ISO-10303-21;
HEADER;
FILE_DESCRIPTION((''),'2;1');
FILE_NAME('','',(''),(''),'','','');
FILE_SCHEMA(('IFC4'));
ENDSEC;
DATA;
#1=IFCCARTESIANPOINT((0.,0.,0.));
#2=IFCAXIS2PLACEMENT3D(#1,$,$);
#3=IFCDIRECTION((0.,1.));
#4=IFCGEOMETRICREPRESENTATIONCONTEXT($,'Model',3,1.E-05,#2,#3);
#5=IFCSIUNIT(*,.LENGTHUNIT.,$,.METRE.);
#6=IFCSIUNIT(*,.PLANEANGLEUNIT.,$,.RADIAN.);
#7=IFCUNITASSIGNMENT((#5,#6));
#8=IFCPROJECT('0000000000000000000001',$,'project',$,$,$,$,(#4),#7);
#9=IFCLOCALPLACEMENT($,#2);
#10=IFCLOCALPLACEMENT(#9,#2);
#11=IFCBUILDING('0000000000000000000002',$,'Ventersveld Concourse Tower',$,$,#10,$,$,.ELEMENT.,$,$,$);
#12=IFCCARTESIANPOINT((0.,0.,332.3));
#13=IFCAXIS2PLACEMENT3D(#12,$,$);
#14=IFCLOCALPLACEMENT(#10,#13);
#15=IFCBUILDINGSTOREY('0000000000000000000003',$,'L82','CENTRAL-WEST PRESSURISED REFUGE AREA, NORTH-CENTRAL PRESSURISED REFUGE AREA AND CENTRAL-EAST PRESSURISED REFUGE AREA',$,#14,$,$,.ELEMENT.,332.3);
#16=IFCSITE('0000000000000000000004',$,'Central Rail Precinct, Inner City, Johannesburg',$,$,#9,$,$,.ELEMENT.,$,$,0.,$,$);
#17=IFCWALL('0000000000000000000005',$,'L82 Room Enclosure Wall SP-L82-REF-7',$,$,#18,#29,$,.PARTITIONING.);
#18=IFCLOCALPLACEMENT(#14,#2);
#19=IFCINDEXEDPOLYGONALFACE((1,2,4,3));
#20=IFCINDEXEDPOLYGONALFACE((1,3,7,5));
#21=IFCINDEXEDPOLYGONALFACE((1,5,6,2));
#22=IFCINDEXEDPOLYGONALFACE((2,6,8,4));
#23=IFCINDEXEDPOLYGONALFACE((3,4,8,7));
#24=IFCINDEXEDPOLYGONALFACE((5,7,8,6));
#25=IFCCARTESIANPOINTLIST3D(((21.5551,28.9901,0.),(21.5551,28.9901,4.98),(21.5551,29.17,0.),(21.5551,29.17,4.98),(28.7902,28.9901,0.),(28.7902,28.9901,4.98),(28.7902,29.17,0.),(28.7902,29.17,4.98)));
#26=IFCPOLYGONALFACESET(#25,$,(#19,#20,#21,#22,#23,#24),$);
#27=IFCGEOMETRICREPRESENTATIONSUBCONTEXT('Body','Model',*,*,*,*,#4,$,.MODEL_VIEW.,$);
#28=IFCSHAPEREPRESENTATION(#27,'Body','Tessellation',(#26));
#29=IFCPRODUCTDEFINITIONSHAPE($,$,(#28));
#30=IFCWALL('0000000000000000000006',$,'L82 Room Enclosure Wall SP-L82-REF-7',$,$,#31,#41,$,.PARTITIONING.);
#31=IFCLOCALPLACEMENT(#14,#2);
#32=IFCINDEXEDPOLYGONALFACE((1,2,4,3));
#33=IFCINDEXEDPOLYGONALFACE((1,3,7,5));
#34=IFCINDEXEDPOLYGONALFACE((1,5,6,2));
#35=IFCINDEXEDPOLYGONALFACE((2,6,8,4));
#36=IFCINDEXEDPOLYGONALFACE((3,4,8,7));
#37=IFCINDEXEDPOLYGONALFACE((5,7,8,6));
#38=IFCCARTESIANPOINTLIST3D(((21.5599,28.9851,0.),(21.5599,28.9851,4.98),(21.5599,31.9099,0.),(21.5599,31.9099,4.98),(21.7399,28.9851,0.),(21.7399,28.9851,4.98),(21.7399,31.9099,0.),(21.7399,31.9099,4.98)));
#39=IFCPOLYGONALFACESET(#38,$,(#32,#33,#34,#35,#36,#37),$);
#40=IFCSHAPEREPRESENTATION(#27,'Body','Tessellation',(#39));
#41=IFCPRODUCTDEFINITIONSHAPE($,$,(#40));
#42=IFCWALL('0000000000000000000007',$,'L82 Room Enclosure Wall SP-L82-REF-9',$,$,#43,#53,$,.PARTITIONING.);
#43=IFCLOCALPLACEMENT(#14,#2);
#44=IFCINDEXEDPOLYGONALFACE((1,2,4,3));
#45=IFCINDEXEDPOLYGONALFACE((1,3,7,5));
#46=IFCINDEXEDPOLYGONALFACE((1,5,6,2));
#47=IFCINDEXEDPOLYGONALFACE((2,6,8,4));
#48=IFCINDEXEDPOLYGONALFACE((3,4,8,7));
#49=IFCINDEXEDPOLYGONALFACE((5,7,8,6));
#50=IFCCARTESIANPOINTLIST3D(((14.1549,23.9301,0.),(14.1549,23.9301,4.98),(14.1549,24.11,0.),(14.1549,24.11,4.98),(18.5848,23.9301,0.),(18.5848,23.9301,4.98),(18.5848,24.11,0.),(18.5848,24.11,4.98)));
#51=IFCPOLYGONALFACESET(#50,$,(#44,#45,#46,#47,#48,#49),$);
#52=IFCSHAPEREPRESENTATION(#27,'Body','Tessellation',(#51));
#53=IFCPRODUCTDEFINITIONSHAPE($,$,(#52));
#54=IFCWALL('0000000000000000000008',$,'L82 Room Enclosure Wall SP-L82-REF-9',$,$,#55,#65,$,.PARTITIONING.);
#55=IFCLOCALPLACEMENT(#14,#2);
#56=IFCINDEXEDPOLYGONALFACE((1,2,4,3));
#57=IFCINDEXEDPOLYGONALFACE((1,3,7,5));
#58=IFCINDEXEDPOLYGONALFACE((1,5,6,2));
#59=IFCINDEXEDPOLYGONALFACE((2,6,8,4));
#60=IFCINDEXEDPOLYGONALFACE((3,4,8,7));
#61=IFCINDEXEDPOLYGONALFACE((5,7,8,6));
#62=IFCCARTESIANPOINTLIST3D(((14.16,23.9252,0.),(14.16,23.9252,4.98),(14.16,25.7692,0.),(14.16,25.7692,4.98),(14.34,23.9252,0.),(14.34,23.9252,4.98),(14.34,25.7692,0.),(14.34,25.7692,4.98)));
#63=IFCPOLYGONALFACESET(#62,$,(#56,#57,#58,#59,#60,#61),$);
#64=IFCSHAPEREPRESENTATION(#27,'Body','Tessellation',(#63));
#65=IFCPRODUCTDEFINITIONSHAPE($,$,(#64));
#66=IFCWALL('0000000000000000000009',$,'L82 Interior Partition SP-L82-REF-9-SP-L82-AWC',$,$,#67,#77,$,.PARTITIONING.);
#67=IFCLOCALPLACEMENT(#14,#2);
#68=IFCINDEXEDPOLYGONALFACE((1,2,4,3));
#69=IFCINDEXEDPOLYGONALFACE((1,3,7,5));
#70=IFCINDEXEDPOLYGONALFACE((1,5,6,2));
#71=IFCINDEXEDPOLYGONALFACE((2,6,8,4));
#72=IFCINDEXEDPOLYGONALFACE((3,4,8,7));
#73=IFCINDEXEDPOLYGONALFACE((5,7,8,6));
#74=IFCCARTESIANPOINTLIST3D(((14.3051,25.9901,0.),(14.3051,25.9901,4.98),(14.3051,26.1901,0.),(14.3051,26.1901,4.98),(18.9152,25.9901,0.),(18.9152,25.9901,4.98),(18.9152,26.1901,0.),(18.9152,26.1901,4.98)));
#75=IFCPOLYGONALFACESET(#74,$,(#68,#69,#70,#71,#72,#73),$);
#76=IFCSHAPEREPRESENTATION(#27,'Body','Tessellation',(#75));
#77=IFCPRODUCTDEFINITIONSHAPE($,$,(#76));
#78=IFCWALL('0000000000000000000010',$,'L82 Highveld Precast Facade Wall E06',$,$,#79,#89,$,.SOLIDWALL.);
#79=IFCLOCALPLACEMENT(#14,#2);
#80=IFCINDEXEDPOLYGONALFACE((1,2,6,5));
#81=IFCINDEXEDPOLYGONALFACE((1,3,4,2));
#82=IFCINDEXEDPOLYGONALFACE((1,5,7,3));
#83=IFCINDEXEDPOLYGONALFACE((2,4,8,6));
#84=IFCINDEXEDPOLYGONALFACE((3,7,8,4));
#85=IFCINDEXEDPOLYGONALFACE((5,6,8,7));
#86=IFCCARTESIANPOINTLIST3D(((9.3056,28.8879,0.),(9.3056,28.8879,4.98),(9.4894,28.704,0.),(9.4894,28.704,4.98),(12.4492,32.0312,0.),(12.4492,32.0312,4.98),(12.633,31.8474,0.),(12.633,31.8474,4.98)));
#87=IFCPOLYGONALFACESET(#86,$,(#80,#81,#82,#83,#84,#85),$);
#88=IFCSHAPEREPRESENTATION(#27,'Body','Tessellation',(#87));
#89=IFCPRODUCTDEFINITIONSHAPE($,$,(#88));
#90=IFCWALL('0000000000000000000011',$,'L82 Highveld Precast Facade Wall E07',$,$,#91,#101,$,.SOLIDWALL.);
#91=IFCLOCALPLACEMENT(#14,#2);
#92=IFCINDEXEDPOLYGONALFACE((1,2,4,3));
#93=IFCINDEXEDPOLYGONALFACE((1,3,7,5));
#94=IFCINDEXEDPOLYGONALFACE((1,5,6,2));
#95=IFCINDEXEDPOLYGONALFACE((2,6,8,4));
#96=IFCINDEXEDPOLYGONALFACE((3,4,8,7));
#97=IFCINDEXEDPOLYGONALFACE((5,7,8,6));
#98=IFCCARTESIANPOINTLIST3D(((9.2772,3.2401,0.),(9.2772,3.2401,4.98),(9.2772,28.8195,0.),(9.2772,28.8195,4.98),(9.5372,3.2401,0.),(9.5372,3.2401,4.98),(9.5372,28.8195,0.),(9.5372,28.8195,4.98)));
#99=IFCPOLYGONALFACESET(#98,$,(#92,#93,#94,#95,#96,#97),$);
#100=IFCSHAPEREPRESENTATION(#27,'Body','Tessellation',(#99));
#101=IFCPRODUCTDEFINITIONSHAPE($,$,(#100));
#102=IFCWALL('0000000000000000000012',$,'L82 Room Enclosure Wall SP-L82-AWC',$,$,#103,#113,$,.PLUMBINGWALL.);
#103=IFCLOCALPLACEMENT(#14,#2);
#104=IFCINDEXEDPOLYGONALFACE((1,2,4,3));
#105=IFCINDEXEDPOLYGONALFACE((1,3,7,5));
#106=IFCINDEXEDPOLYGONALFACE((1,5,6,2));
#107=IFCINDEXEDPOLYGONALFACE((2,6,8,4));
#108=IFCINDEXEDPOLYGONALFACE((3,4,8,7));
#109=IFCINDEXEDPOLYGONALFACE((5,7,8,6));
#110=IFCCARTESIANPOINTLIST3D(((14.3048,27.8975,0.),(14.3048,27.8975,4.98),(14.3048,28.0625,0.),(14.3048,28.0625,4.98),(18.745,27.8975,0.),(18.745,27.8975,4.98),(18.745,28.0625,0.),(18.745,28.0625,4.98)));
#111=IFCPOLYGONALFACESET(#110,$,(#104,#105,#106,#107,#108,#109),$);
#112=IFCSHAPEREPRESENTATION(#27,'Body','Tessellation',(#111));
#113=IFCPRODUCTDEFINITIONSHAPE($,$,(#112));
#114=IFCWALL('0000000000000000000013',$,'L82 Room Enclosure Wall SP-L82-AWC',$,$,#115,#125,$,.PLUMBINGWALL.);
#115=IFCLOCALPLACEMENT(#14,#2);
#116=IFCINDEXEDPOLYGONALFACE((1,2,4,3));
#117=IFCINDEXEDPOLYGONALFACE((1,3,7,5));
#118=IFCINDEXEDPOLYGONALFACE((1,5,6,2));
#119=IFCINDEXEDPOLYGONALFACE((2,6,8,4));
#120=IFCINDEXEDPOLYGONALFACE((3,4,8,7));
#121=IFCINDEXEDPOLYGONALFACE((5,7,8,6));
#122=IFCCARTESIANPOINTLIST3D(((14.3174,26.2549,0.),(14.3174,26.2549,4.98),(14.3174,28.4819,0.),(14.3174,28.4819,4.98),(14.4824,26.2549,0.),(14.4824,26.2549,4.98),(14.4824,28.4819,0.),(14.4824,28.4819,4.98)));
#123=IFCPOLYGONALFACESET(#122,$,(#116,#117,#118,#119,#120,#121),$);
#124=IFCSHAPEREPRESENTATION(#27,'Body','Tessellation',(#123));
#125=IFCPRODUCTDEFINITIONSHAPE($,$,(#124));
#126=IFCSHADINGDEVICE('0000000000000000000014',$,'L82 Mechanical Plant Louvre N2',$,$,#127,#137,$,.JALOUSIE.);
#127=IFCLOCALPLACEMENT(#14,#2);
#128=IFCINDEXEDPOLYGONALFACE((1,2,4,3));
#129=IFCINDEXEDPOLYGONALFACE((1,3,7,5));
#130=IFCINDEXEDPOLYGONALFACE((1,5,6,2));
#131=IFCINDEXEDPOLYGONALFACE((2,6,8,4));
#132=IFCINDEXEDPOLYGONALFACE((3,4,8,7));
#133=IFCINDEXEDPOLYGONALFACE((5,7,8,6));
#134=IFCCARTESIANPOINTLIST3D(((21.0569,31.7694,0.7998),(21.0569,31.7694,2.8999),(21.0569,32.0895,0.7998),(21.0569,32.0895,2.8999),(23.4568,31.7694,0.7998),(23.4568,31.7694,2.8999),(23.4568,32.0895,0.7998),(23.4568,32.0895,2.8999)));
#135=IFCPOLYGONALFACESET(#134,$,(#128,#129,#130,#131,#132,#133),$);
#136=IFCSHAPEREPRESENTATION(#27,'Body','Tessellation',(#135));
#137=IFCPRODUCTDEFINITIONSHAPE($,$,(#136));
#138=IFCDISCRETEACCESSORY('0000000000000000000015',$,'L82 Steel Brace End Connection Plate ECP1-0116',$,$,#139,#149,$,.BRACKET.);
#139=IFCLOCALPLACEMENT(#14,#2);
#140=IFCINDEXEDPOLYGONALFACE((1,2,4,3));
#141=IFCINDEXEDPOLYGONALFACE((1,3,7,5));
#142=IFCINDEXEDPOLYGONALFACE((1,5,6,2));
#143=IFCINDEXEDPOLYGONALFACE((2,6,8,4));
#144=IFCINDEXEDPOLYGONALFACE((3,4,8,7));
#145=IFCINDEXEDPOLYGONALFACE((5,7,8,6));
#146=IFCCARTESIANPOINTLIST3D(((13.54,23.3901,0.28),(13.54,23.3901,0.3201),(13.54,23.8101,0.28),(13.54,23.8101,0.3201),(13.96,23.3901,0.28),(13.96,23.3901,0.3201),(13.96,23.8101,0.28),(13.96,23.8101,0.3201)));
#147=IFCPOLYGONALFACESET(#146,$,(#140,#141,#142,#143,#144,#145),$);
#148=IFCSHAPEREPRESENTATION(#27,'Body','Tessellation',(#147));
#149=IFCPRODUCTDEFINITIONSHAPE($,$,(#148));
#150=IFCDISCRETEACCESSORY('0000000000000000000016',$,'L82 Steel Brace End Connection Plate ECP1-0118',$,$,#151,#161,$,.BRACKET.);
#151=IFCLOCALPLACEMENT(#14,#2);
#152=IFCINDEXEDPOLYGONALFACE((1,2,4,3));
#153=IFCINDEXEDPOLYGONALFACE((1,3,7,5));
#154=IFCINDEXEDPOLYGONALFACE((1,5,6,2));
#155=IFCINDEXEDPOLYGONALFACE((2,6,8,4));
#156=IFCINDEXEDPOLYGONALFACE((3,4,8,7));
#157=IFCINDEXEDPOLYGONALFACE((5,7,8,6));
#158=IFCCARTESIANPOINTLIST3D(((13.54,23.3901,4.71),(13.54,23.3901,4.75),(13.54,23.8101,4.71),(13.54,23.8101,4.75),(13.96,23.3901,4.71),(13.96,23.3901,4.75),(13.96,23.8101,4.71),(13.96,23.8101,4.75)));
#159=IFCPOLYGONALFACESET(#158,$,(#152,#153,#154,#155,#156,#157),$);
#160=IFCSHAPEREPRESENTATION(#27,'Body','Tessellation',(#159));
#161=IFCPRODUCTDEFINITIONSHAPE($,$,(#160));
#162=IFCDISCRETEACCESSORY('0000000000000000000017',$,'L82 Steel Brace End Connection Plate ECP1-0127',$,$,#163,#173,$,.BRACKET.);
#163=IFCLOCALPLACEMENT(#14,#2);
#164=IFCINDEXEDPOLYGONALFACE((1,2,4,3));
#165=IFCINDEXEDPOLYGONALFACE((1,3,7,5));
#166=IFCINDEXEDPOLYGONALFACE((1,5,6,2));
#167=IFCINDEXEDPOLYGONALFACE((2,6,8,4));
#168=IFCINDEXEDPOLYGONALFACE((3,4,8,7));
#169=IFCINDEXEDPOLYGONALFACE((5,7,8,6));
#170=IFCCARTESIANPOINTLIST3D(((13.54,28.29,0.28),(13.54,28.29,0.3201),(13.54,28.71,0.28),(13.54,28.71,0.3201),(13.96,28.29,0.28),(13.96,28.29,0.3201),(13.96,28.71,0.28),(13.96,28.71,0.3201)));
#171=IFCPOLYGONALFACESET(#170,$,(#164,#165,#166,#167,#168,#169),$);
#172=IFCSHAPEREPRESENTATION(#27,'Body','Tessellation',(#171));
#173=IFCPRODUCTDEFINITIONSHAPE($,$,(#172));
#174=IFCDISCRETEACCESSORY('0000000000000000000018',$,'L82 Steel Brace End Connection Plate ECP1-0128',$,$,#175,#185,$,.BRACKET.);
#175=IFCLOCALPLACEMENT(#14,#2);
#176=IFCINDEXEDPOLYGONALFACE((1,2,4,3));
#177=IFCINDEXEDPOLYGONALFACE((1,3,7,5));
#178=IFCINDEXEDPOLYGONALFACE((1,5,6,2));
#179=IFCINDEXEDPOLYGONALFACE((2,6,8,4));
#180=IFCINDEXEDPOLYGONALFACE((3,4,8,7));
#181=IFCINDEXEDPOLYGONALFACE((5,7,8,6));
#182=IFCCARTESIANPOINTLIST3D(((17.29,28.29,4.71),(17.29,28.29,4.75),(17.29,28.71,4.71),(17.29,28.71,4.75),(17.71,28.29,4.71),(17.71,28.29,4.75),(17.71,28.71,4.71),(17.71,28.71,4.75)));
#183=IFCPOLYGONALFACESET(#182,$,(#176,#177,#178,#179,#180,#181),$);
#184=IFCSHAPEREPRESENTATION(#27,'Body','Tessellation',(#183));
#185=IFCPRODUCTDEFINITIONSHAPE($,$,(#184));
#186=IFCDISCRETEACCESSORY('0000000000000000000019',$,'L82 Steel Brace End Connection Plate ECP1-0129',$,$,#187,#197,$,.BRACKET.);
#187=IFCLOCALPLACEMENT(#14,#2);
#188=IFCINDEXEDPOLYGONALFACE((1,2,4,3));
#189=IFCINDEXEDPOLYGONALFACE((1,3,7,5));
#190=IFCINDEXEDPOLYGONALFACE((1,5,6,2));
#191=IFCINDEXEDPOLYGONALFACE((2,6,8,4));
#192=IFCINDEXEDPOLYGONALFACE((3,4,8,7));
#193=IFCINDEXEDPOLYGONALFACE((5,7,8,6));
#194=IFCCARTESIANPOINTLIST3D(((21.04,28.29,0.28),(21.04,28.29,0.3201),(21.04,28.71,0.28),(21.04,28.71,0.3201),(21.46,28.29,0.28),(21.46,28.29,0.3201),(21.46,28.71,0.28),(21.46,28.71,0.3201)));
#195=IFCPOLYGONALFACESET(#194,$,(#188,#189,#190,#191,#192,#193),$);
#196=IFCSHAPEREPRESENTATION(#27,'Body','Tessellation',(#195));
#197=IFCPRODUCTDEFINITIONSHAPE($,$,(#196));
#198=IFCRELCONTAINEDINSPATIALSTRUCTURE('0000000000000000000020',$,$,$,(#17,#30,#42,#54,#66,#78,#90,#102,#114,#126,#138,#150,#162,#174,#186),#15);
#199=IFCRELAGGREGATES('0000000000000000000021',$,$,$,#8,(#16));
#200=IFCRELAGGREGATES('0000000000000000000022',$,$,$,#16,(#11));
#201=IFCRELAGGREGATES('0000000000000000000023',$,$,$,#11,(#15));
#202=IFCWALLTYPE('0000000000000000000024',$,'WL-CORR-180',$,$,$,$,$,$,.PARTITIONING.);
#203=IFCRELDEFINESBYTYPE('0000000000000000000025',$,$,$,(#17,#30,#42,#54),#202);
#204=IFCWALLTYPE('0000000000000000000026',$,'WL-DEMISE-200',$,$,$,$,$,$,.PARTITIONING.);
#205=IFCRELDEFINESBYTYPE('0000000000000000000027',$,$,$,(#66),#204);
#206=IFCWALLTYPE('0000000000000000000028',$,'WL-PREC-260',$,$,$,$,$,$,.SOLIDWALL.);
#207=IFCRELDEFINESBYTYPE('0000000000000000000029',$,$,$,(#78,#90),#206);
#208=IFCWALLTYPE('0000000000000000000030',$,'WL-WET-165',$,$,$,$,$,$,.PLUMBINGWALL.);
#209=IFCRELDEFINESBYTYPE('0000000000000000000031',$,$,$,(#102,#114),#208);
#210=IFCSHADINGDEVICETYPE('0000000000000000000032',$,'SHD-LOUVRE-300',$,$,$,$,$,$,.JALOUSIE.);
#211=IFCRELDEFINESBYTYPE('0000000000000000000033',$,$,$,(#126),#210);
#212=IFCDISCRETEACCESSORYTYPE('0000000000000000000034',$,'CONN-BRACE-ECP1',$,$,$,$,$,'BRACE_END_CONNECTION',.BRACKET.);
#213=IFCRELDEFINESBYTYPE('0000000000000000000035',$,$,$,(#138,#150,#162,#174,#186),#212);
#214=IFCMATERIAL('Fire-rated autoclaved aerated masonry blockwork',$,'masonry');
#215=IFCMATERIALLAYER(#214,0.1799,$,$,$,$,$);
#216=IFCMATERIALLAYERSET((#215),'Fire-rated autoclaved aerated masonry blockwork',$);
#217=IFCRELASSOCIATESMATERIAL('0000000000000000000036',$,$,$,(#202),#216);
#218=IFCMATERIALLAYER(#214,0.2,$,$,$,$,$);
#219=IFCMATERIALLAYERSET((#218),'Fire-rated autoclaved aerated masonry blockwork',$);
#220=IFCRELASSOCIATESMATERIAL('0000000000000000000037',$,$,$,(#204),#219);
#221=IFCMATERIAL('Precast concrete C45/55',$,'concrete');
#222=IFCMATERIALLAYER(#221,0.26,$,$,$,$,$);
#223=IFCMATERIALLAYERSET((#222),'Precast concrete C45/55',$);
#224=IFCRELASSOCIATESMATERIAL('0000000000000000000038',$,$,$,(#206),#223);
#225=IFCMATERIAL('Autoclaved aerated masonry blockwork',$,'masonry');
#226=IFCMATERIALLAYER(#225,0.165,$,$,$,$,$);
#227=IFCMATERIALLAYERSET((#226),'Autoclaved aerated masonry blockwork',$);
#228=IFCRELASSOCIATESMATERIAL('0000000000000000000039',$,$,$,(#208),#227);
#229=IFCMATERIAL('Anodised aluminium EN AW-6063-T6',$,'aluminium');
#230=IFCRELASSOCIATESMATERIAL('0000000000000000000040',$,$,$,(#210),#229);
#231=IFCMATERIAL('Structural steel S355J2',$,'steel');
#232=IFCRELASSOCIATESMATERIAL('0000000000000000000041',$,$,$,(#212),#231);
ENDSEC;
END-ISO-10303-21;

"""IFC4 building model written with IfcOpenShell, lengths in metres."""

from ifc_helpers import new_model, si_unit, direction, frame, frame_2d, origin, origin_2d, place, context, subcontext, project, spatial, rectangle, extrude, material, layer, layer_set, type_object, element, save


model = new_model("IFC4")

# Units and contexts
model_context = context("Model", 3, precision=1e-05, world=origin(), true_north=direction((0.0, 1.0)))
body_context = subcontext(model_context, "Body", "Model", "MODEL_VIEW")
ifc_project = project(units=[si_unit("LENGTHUNIT", "METRE"), si_unit("PLANEANGLEUNIT", "RADIAN")], contexts=[model_context])

# Site, building, storey
site_placement = place(None, origin())
site = spatial("IfcSite", under=ifc_project, at=site_placement, Name="Central Rail Precinct, Inner City, Johannesburg", CompositionType="ELEMENT", RefElevation=0.0)
building_placement = place(site_placement, origin())
building = spatial("IfcBuilding", under=site, at=building_placement, Name="Ventersveld Concourse Tower", CompositionType="ELEMENT")
storey_placement = place(building_placement, frame((0.0, 0.0, 332.3)))
storey = spatial("IfcBuildingStorey", under=building, at=storey_placement, Name="L82", Description="CENTRAL-WEST PRESSURISED REFUGE AREA, NORTH-CENTRAL PRESSURISED REFUGE AREA AND CENTRAL-EAST PRESSURISED REFUGE AREA", CompositionType="ELEMENT", Elevation=332.3)

# Shared definitions
ifc_material_1 = material(Name="Structural steel S355J2", Category="steel")

# Shared definitions
ifc_material_2 = material(Name="Fire-rated autoclaved aerated masonry blockwork", Category="masonry")
ifc_layer_1 = layer(ifc_material_2, 0.1799)
ifc_layer_set_1 = layer_set([ifc_layer_1], Name="Fire-rated autoclaved aerated masonry blockwork")
wall_type_1 = type_object("IfcWallType", Name="WL-CORR-180", PredefinedType="PARTITIONING", material=ifc_layer_set_1)

# Walls
wall_1_placement = place(storey_placement, frame((21.5549, 29.0801, 0.0), z_axis=(0.0, 0.0, 1.0), x_axis=(1.0, 0.0, 0.0)))
element("IfcWall", 1, at=wall_1_placement, inside=storey, type_object=wall_type_1, Name="L82 Room Enclosure Wall SP-L82-REF-7", PredefinedType="PARTITIONING", context=body_context, shape_type="SweptSolid", body=[
    extrude(rectangle(XDim=7.2351, YDim=0.1799, at=frame_2d((3.6177, 0.0))), origin(), (0.0, 0.0, 1.0), 4.98),
])
wall_2_placement = place(storey_placement, frame((21.6499, 31.9099, 0.0), z_axis=(0.0, 0.0, 1.0), x_axis=(0.0, -1.0, 0.0)))
element("IfcWall", 2, at=wall_2_placement, inside=storey, type_object=wall_type_1, Name="L82 Room Enclosure Wall SP-L82-REF-7", PredefinedType="PARTITIONING", context=body_context, shape_type="SweptSolid", body=[
    extrude(rectangle(XDim=2.9248, YDim=0.1799, at=frame_2d((1.4624, 0.0))), origin(), (0.0, 0.0, 1.0), 4.98),
])
wall_3_placement = place(storey_placement, frame((14.155, 24.02, 0.0), z_axis=(0.0, 0.0, 1.0), x_axis=(1.0, 0.0, 0.0)))
element("IfcWall", 3, at=wall_3_placement, inside=storey, type_object=wall_type_1, Name="L82 Room Enclosure Wall SP-L82-REF-9", PredefinedType="PARTITIONING", context=body_context, shape_type="SweptSolid", body=[
    extrude(rectangle(XDim=4.4299, YDim=0.1799, at=frame_2d((2.2148, 0.0))), origin(), (0.0, 0.0, 1.0), 4.98),
])
wall_4_placement = place(storey_placement, frame((14.25, 25.769, 0.0), z_axis=(0.0, 0.0, 1.0), x_axis=(0.0, -1.0, 0.0)))
element("IfcWall", 4, at=wall_4_placement, inside=storey, type_object=wall_type_1, Name="L82 Room Enclosure Wall SP-L82-REF-9", PredefinedType="PARTITIONING", context=body_context, shape_type="SweptSolid", body=[
    extrude(rectangle(XDim=1.844, YDim=0.1799, at=frame_2d((0.9219, 0.0))), origin(), (0.0, 0.0, 1.0), 4.98),
])
ifc_layer_2 = layer(ifc_material_2, 0.2)
ifc_layer_set_2 = layer_set([ifc_layer_2], Name="Fire-rated autoclaved aerated masonry blockwork")
wall_type_2 = type_object("IfcWallType", Name="WL-DEMISE-200", PredefinedType="PARTITIONING", material=ifc_layer_set_2)
wall_5_placement = place(storey_placement, frame((14.3049, 26.0901, 0.0), z_axis=(0.0, 0.0, 1.0), x_axis=(1.0, 0.0, 0.0)))
element("IfcWall", 5, at=wall_5_placement, inside=storey, type_object=wall_type_2, Name="L82 Interior Partition SP-L82-REF-9-SP-L82-AWC", PredefinedType="PARTITIONING", context=body_context, shape_type="SweptSolid", body=[
    extrude(rectangle(XDim=4.6101, YDim=0.2, at=frame_2d((2.3052, 0.0))), origin(), (0.0, 0.0, 1.0), 4.98),
])
ifc_material_3 = material(Name="Precast concrete C45/55", Category="concrete")
ifc_layer_3 = layer(ifc_material_3, 0.26)
ifc_layer_set_3 = layer_set([ifc_layer_3], Name="Precast concrete C45/55")
wall_type_3 = type_object("IfcWallType", Name="WL-PREC-260", PredefinedType="SOLIDWALL", material=ifc_layer_set_3)
wall_6_placement = place(storey_placement, frame((12.541, 31.9392, 0.0), z_axis=(0.0, 0.0, 1.0), x_axis=(-0.707134, -0.707079, 0.0)))
element("IfcWall", 6, at=wall_6_placement, inside=storey, type_object=wall_type_3, Name="L82 Highveld Precast Facade Wall E06", PredefinedType="SOLIDWALL", context=body_context, shape_type="SweptSolid", body=[
    extrude(rectangle(XDim=4.4456, YDim=0.26, at=frame_2d((2.2227, 0.0))), origin(), (0.0, 0.0, 1.0), 4.98),
])
wall_7_placement = place(storey_placement, frame((9.4072, 28.8193, 0.0), z_axis=(0.0, 0.0, 1.0), x_axis=(0.0, -1.0, 0.0)))
element("IfcWall", 7, at=wall_7_placement, inside=storey, type_object=wall_type_3, Name="L82 Highveld Precast Facade Wall E07", PredefinedType="SOLIDWALL", context=body_context, shape_type="SweptSolid", body=[
    extrude(rectangle(XDim=25.5793, YDim=0.26, at=frame_2d((12.7896, 0.0))), origin(), (0.0, 0.0, 1.0), 4.98),
])
ifc_material_4 = material(Name="Autoclaved aerated masonry blockwork", Category="masonry")
ifc_layer_4 = layer(ifc_material_4, 0.165)
ifc_layer_set_4 = layer_set([ifc_layer_4], Name="Autoclaved aerated masonry blockwork")
wall_type_4 = type_object("IfcWallType", Name="WL-WET-165", PredefinedType="PLUMBINGWALL", material=ifc_layer_set_4)
wall_8_placement = place(storey_placement, frame((18.7451, 27.98, 0.0), z_axis=(0.0, 0.0, 1.0), x_axis=(-1.0, 0.0, 0.0)))
element("IfcWall", 8, at=wall_8_placement, inside=storey, type_object=wall_type_4, Name="L82 Room Enclosure Wall SP-L82-AWC", PredefinedType="PLUMBINGWALL", context=body_context, shape_type="SweptSolid", body=[
    extrude(rectangle(XDim=4.4402, YDim=0.165, at=frame_2d((2.2202, 0.0))), origin(), (0.0, 0.0, 1.0), 4.98),
])
wall_9_placement = place(storey_placement, frame((14.3999, 28.4819, 0.0), z_axis=(0.0, 0.0, 1.0), x_axis=(0.0, -1.0, 0.0)))
element("IfcWall", 9, at=wall_9_placement, inside=storey, type_object=wall_type_4, Name="L82 Room Enclosure Wall SP-L82-AWC", PredefinedType="PLUMBINGWALL", context=body_context, shape_type="SweptSolid", body=[
    extrude(rectangle(XDim=2.2271, YDim=0.165, at=frame_2d((1.1135, 0.0))), origin(), (0.0, 0.0, 1.0), 4.98),
])

# Shading device
ifc_material_5 = material(Name="Anodised aluminium EN AW-6063-T6", Category="aluminium")
shading_device_type = type_object("IfcShadingDeviceType", Name="SHD-LOUVRE-300", PredefinedType="JALOUSIE", material=ifc_material_5)
shading_device_placement = place(storey_placement, frame((22.2568, 31.9294, 0.7998), z_axis=(0.0, 0.0, 1.0), x_axis=(-1.0, 0.0, 0.0)))
element("IfcShadingDevice", 10, at=shading_device_placement, inside=storey, type_object=shading_device_type, Name="L82 Mechanical Plant Louvre N2", PredefinedType="JALOUSIE", context=body_context, shape_type="SweptSolid", body=[
    extrude(rectangle(XDim=2.3999, YDim=0.3201, at=origin_2d()), origin(), (0.0, 0.0, 1.0), 2.1001),
])

# Discrete accessories
discrete_accessory_type = type_object("IfcDiscreteAccessoryType", Name="CONN-BRACE-ECP1", ElementType="BRACE_END_CONNECTION", PredefinedType="BRACKET", material=ifc_material_1)
for number, where, z_axis, x_axis, name in (
    (11, (13.75, 23.6001, 0.28), (0.0, 0.0, 1.0), (1.0, 0.0, 0.0), "L82 Steel Brace End Connection Plate ECP1-0116"),
    (12, (13.75, 23.6001, 4.71), (0.0, 0.0, 1.0), (1.0, 0.0, 0.0), "L82 Steel Brace End Connection Plate ECP1-0118"),
    (13, (13.75, 28.5, 0.28), (0.0, 0.0, 1.0), (1.0, 0.0, 0.0), "L82 Steel Brace End Connection Plate ECP1-0127"),
    (14, (17.5, 28.5, 4.71), (0.0, 0.0, 1.0), (1.0, 0.0, 0.0), "L82 Steel Brace End Connection Plate ECP1-0128"),
    (15, (21.25, 28.5, 0.28), (0.0, 0.0, 1.0), (1.0, 0.0, 0.0), "L82 Steel Brace End Connection Plate ECP1-0129"),
):
    element("IfcDiscreteAccessory", number, at=place(storey_placement, frame(where, z_axis=z_axis, x_axis=x_axis)), inside=storey, type_object=discrete_accessory_type, Name=name, PredefinedType="BRACKET", context=body_context, shape_type="SweptSolid", body=[
        extrude(rectangle(XDim=0.4199, YDim=0.4199, at=origin_2d()), origin(), (0.0, 0.0, 1.0), 0.04),
    ])

save(model, "model.ifc")
